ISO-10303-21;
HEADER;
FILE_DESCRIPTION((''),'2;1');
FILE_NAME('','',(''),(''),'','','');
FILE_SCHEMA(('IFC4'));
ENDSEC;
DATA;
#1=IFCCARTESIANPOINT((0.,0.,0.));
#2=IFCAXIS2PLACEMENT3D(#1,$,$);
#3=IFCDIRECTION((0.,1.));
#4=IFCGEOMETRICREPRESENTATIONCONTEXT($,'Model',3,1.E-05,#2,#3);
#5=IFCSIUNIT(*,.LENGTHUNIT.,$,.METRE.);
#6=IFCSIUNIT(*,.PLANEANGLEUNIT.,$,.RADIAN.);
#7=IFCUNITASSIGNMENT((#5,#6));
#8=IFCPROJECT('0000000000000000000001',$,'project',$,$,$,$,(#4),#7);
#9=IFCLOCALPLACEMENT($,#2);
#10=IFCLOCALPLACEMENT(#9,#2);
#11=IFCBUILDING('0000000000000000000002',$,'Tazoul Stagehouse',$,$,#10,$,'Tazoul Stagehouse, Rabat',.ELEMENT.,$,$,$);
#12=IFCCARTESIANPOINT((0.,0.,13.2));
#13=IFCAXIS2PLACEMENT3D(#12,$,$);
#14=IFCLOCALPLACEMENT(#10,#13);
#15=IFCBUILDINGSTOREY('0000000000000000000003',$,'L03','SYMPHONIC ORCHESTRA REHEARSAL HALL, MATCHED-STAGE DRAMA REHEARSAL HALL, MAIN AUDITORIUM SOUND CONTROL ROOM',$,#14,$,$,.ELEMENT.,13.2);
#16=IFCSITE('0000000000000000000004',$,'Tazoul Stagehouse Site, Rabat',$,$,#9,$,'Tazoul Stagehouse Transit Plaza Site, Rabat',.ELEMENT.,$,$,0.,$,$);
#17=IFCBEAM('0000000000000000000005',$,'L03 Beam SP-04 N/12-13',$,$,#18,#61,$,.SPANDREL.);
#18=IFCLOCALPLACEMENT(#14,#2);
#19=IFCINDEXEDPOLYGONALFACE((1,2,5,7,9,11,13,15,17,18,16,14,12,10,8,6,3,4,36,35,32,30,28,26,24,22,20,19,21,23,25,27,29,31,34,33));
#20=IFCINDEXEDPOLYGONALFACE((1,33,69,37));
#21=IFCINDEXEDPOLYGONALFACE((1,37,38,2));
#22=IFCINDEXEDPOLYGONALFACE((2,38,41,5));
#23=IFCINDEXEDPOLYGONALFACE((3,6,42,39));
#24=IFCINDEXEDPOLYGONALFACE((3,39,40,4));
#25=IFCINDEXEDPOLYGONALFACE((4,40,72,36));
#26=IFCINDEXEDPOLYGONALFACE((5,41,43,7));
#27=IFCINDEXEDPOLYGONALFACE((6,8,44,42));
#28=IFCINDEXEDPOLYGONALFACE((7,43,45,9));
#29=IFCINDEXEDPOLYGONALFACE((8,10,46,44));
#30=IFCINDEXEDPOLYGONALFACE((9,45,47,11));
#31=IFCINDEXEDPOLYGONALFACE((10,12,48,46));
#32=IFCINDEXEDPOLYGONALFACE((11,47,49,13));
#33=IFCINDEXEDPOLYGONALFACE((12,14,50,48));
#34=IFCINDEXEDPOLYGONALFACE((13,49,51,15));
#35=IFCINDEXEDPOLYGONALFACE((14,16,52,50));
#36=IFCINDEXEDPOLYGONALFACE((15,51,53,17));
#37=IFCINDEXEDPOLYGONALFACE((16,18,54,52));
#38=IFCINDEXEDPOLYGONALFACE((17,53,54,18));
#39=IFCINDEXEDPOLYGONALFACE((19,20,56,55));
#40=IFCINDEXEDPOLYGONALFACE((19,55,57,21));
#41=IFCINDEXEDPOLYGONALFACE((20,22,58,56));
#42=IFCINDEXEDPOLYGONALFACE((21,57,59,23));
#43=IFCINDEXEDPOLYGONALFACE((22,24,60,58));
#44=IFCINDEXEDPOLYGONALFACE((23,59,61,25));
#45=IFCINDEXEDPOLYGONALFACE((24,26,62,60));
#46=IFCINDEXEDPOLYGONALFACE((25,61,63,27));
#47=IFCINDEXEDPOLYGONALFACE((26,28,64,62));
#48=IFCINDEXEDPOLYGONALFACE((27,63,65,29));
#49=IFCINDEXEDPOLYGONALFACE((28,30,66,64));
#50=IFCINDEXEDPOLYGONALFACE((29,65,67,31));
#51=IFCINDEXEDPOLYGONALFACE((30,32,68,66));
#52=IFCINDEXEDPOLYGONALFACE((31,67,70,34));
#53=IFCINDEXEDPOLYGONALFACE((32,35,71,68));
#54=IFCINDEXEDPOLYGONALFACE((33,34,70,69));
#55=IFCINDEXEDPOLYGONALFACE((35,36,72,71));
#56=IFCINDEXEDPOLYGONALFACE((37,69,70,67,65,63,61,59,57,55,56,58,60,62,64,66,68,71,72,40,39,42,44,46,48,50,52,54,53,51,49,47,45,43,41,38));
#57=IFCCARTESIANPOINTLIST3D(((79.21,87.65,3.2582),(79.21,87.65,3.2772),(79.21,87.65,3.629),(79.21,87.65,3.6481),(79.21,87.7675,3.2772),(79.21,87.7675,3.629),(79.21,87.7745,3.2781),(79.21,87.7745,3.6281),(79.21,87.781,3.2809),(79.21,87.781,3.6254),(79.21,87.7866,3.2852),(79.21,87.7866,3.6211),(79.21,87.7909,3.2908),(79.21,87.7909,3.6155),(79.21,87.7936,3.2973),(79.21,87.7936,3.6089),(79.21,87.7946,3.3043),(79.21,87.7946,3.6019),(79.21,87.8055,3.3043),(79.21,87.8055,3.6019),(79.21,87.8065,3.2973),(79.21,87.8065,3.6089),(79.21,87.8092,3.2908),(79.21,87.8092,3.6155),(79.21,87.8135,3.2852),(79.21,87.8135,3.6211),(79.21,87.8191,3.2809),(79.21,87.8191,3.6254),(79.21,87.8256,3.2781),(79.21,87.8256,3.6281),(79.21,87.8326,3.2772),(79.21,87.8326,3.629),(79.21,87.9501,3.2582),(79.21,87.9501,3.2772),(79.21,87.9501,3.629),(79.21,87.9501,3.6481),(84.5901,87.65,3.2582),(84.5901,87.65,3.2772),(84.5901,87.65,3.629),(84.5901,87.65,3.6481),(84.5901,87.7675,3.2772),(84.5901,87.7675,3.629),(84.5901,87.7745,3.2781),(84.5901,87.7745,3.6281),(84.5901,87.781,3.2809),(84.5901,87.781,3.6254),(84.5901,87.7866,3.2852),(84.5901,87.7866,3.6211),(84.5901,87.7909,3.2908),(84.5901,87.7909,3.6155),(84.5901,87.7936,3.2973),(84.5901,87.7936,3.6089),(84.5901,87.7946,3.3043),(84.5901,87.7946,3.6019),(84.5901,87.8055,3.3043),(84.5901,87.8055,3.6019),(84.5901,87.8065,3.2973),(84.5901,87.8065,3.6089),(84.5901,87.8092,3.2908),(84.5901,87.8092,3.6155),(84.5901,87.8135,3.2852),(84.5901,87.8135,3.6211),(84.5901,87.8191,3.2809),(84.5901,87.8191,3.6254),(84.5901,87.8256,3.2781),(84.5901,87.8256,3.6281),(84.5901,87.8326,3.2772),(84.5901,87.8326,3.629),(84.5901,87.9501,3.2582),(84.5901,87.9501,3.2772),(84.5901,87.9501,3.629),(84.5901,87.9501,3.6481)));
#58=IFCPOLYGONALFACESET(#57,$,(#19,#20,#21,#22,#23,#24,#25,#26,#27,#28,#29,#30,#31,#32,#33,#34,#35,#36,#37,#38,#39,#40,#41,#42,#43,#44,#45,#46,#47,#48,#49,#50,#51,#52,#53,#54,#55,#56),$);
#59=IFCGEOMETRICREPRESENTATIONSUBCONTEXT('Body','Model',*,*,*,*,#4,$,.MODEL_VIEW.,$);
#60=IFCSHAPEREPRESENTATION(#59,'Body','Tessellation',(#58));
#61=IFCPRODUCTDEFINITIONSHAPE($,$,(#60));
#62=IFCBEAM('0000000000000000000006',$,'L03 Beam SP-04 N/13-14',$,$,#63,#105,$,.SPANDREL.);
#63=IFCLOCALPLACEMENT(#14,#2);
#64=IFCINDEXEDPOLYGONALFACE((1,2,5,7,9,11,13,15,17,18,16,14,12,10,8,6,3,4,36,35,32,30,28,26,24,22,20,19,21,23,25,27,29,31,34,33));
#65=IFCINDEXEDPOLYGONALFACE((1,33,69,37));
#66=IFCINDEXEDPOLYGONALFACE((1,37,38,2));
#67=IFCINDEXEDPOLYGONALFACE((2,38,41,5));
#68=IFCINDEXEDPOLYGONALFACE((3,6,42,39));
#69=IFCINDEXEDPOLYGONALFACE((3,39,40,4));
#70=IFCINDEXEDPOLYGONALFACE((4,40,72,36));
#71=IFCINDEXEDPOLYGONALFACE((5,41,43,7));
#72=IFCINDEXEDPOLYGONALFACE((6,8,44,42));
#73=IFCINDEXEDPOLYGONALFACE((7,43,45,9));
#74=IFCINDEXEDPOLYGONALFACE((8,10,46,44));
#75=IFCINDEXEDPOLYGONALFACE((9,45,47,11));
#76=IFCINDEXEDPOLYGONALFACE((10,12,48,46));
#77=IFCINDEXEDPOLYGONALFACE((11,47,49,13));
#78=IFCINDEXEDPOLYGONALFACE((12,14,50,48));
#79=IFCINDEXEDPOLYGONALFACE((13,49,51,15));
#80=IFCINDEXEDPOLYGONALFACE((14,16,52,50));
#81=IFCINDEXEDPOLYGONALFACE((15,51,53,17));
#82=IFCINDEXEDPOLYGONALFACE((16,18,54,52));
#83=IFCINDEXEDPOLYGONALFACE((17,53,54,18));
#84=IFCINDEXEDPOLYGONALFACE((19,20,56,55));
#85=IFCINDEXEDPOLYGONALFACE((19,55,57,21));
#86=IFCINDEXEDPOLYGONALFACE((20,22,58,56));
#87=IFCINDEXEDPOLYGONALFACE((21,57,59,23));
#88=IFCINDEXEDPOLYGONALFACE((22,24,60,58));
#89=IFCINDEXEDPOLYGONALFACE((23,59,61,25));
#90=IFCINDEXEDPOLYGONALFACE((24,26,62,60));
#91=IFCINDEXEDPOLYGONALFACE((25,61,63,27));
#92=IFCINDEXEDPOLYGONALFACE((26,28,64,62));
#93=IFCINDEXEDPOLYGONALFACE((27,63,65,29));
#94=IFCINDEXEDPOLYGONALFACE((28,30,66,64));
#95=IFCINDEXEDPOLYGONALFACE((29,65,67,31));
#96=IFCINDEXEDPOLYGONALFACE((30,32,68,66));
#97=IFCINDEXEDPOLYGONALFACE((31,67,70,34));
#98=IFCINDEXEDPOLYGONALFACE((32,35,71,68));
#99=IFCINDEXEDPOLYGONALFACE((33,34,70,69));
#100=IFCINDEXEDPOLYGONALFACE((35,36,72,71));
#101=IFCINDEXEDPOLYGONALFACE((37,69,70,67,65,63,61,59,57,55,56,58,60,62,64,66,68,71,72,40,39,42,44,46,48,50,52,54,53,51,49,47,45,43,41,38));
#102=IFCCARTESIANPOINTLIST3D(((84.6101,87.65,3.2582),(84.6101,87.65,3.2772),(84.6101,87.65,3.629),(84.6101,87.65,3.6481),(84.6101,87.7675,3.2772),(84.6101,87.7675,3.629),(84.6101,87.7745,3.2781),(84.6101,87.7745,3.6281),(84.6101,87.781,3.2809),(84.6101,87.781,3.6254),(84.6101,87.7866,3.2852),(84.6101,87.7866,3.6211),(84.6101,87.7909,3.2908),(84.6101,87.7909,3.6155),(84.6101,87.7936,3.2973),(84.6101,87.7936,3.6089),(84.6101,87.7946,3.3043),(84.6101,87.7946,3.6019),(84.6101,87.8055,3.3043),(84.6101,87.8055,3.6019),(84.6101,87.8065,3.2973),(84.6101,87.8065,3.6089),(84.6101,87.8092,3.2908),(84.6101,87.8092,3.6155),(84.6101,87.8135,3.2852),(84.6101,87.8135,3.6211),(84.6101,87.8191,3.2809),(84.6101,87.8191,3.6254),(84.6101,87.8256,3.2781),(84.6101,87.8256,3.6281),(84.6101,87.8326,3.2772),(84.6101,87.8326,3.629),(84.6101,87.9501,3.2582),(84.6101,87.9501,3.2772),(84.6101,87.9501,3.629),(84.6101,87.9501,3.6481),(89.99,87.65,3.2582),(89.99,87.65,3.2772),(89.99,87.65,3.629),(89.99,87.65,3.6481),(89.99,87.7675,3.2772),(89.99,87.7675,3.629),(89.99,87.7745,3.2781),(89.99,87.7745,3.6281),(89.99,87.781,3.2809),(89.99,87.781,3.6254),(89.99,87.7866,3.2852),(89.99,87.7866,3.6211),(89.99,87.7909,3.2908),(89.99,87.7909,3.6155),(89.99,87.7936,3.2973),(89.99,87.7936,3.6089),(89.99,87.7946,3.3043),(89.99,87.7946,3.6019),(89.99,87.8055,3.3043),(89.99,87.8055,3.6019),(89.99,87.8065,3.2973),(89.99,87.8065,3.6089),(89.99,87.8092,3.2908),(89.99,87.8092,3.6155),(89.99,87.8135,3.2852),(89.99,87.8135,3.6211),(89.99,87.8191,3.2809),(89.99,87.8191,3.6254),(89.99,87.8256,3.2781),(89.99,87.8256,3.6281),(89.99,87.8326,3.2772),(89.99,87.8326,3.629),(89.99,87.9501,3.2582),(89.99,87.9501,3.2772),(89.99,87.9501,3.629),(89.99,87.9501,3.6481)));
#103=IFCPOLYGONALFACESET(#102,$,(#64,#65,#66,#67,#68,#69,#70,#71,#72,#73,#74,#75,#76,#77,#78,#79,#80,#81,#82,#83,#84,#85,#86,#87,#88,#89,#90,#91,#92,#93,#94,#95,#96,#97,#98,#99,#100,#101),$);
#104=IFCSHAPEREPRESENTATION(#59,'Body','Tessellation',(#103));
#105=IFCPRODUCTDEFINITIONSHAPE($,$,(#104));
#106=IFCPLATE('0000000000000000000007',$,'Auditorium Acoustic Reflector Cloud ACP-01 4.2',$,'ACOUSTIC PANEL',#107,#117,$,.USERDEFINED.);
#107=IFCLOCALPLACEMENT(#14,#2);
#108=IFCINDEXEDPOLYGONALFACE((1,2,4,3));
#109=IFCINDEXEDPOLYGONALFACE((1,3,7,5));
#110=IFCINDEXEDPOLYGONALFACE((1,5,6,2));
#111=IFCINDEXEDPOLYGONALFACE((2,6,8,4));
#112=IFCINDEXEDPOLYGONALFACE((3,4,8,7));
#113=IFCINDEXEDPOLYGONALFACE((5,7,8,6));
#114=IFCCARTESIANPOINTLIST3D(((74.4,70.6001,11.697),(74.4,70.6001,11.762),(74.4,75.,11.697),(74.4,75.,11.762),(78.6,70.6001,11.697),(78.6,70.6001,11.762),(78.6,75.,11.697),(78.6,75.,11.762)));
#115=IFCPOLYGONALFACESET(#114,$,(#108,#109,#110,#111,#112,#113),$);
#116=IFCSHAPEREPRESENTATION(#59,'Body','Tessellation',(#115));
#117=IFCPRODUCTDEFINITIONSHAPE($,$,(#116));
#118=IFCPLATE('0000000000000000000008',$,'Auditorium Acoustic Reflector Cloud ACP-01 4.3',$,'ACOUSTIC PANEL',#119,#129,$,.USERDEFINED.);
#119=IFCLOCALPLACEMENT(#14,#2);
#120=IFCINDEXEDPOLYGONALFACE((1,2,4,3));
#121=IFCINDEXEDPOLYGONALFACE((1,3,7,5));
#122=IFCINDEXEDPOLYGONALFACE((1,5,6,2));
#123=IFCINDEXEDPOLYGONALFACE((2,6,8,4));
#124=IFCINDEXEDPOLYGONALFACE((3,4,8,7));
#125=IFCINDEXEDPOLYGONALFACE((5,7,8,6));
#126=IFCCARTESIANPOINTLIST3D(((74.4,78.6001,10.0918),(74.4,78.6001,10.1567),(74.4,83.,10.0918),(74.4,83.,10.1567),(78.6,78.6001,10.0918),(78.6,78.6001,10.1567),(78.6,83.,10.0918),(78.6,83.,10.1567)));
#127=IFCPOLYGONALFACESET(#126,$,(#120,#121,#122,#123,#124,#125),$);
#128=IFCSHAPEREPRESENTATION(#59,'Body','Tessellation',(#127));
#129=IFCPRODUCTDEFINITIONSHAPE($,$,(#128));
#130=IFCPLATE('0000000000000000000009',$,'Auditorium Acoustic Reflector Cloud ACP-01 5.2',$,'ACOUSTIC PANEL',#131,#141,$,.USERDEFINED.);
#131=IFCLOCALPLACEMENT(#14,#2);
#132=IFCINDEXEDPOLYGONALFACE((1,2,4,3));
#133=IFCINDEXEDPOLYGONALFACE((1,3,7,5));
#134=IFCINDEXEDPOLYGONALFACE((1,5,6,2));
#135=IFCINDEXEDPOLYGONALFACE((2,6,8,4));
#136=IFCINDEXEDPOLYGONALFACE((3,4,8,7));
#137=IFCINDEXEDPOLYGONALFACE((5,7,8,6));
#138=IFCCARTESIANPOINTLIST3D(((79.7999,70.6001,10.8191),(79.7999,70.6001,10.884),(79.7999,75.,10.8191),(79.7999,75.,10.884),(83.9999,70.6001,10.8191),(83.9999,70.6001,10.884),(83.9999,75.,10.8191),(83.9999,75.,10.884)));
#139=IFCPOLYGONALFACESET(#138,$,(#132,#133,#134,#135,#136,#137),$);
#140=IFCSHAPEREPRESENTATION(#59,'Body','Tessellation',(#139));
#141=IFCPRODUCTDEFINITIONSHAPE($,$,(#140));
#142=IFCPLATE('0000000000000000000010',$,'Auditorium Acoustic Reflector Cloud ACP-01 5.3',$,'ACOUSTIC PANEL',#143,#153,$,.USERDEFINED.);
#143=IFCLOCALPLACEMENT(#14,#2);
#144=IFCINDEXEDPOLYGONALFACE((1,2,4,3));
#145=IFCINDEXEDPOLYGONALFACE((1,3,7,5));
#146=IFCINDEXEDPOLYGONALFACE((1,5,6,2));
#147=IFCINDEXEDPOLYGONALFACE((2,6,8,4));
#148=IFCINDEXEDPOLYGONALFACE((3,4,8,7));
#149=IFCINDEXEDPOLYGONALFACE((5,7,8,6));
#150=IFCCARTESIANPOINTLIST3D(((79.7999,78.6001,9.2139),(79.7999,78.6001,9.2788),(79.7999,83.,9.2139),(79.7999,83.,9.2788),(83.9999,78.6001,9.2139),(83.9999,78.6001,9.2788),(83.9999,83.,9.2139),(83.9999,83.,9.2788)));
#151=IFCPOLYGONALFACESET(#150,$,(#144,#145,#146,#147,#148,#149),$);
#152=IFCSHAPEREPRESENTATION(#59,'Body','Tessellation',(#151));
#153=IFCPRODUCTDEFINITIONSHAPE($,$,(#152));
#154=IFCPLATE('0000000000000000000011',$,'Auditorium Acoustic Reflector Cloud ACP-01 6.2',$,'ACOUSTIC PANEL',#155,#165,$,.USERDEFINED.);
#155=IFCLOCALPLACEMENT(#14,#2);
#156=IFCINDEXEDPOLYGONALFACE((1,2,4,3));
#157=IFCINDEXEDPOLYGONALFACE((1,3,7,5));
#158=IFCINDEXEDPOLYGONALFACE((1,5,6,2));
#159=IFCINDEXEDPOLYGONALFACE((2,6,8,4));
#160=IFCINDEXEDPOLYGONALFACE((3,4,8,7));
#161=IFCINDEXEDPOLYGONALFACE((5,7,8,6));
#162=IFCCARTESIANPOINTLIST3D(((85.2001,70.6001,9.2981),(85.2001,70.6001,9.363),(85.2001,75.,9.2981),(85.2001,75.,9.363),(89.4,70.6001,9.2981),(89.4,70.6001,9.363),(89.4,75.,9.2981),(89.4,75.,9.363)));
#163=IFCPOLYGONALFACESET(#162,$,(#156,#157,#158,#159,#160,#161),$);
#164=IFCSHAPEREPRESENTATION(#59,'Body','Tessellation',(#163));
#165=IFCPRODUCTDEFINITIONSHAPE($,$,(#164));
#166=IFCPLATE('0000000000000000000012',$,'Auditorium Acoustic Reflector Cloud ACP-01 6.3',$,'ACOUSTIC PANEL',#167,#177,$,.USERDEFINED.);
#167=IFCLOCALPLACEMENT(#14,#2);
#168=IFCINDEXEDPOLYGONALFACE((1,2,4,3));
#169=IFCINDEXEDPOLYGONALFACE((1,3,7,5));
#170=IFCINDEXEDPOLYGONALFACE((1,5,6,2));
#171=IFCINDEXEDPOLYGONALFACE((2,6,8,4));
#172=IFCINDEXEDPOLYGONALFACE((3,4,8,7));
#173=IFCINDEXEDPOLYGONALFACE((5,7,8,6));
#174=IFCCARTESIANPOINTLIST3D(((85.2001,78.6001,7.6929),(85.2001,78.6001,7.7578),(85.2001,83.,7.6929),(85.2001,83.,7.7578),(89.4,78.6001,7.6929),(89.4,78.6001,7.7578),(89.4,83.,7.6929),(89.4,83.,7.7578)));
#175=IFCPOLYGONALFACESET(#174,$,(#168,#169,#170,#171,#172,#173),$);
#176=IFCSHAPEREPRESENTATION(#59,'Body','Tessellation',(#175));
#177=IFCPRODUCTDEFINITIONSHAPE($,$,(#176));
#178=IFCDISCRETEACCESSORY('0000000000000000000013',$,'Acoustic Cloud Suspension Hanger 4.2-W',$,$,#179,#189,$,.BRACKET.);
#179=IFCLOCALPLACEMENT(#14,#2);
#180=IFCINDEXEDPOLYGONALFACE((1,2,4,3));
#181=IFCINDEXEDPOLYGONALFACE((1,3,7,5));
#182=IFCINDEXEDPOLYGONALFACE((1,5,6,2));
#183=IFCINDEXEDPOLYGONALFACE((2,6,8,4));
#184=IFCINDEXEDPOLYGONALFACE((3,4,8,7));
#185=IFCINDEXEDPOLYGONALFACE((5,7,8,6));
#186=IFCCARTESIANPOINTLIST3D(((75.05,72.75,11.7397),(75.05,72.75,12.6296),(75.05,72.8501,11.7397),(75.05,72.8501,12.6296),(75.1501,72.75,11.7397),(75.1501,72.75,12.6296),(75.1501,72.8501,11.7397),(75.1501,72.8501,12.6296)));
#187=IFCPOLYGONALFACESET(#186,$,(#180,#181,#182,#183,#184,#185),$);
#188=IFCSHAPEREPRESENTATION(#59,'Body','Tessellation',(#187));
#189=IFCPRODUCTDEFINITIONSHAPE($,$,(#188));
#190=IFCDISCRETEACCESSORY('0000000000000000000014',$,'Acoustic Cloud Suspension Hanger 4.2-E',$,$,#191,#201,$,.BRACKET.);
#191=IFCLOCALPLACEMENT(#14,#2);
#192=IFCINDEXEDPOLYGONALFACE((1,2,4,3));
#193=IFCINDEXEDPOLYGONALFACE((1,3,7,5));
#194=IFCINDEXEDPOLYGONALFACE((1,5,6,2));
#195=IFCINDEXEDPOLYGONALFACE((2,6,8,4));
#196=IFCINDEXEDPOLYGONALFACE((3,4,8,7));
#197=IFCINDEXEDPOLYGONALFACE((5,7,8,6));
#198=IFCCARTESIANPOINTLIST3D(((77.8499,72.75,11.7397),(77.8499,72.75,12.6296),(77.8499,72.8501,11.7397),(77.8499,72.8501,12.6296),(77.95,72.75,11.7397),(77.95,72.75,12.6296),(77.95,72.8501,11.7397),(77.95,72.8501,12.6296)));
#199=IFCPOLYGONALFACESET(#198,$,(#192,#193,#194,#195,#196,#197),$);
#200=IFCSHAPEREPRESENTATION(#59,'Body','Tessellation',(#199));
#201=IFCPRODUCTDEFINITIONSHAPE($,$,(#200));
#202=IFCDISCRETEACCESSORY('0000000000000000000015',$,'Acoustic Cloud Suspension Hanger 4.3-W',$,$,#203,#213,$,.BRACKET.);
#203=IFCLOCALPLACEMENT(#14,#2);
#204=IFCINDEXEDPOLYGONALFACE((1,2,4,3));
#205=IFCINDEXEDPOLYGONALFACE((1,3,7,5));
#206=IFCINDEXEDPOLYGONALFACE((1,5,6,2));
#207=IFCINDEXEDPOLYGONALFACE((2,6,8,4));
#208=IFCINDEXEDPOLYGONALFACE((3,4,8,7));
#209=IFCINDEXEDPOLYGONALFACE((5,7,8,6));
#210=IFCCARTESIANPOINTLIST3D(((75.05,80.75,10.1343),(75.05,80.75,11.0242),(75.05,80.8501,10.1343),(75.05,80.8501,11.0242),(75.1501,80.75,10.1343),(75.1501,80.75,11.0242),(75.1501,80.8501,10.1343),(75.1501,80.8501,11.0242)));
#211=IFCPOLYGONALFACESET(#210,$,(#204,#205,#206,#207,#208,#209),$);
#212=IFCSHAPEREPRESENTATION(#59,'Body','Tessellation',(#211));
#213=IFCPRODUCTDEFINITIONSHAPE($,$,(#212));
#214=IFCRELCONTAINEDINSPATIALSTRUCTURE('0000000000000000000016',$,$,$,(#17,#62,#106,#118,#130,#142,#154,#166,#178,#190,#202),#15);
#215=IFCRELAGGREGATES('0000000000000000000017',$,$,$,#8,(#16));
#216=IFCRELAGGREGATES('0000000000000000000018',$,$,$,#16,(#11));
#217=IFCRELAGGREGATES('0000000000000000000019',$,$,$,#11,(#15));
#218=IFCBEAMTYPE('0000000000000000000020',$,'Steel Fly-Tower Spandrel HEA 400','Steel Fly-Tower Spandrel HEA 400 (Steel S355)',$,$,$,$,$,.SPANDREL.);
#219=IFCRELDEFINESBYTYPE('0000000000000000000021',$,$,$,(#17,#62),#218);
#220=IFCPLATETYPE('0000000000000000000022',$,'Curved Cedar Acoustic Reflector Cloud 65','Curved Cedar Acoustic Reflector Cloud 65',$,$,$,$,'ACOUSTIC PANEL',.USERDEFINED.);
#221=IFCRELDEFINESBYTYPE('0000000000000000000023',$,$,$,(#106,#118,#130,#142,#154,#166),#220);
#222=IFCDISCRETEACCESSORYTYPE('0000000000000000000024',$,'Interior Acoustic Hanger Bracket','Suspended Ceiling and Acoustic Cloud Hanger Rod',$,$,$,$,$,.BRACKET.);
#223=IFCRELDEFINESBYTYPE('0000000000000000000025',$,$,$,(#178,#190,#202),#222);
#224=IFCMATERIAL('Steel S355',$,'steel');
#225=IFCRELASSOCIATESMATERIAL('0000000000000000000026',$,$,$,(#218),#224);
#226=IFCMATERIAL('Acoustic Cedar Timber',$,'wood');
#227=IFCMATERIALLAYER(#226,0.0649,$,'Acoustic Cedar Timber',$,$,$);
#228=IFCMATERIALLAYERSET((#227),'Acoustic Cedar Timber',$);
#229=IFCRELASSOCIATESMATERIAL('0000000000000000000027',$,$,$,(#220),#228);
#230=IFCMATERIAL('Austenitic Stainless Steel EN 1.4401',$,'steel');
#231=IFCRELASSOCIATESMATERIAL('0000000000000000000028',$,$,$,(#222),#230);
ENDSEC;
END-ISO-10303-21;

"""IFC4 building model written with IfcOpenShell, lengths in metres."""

from ifc_helpers import new_model, si_unit, direction, frame, origin, origin_2d, place, context, subcontext, project, spatial, rectangle, i_section, extrude, material, layer, layer_set, material_profile, profile_set, type_object, element, save


model = new_model("IFC4")

# Units and contexts
model_context = context("Model", 3, precision=1e-05, world=origin(), true_north=direction((0.0, 1.0)))
body_context = subcontext(model_context, "Body", "Model", "MODEL_VIEW")
ifc_project = project(units=[si_unit("LENGTHUNIT", "METRE"), si_unit("PLANEANGLEUNIT", "RADIAN")], contexts=[model_context])

# Site, building, storey
site_placement = place(None, origin())
site = spatial("IfcSite", under=ifc_project, at=site_placement, Name="Tazoul Stagehouse Site, Rabat", LongName="Tazoul Stagehouse Transit Plaza Site, Rabat", CompositionType="ELEMENT", RefElevation=0.0)
building_placement = place(site_placement, origin())
building = spatial("IfcBuilding", under=site, at=building_placement, Name="Tazoul Stagehouse", LongName="Tazoul Stagehouse, Rabat", CompositionType="ELEMENT")
storey_placement = place(building_placement, frame((0.0, 0.0, 13.2)))
storey = spatial("IfcBuildingStorey", under=building, at=storey_placement, Name="L03", Description="SYMPHONIC ORCHESTRA REHEARSAL HALL, MATCHED-STAGE DRAMA REHEARSAL HALL, MAIN AUDITORIUM SOUND CONTROL ROOM", CompositionType="ELEMENT", Elevation=13.2)

# Shared definitions
ifc_material_1 = material(Name="Steel S355", Category="steel")

# Beams
ifc_material_profile_1 = material_profile(ifc_material_1, i_section(OverallWidth=0.3, OverallDepth=0.3899, WebThickness=0.011, FlangeThickness=0.019, FilletRadius=0.0271, at=origin_2d()), Name="HEA 400")
ifc_profile_set_1 = profile_set([ifc_material_profile_1], Name="Steel S355")
beam_type = type_object("IfcBeamType", Name="Steel Fly-Tower Spandrel HEA 400", Description="Steel Fly-Tower Spandrel HEA 400 (Steel S355)", PredefinedType="SPANDREL", material=ifc_profile_set_1)
beam_1_placement = place(storey_placement, frame((79.21, 87.8, 3.4531), z_axis=(1.0, 0.0, 0.0), x_axis=(0.0, 1.0, 0.0)))
element("IfcBeam", 1, at=beam_1_placement, inside=storey, type_object=beam_type, Name="L03 Beam SP-04 N/12-13", PredefinedType="SPANDREL", context=body_context, shape_type="SweptSolid", body=[
    extrude(i_section(OverallWidth=0.3, OverallDepth=0.3899, WebThickness=0.011, FlangeThickness=0.019, FilletRadius=0.0271, at=origin_2d()), origin(), (0.0, 0.0, 1.0), 5.3801),
])
beam_2_placement = place(storey_placement, frame((84.6101, 87.8, 3.4531), z_axis=(1.0, 0.0, 0.0), x_axis=(0.0, 1.0, 0.0)))
element("IfcBeam", 2, at=beam_2_placement, inside=storey, type_object=beam_type, Name="L03 Beam SP-04 N/13-14", PredefinedType="SPANDREL", context=body_context, shape_type="SweptSolid", body=[
    extrude(i_section(OverallWidth=0.3, OverallDepth=0.3899, WebThickness=0.011, FlangeThickness=0.019, FilletRadius=0.0271, at=origin_2d()), origin(), (0.0, 0.0, 1.0), 5.3799),
])

# Plates
ifc_material_2 = material(Name="Acoustic Cedar Timber", Category="wood")
ifc_layer = layer(ifc_material_2, 0.0649, Name="Acoustic Cedar Timber")
ifc_layer_set = layer_set([ifc_layer], Name="Acoustic Cedar Timber")
plate_type = type_object("IfcPlateType", Name="Curved Cedar Acoustic Reflector Cloud 65", Description="Curved Cedar Acoustic Reflector Cloud 65", ElementType="ACOUSTIC PANEL", PredefinedType="USERDEFINED", material=ifc_layer_set)
for number, where, z_axis, x_axis, name in (
    (3, (76.5, 72.8, 11.697), (0.0, 0.0, 1.0), (1.0, 0.0, 0.0), "Auditorium Acoustic Reflector Cloud ACP-01 4.2"),
    (4, (76.5, 80.8, 10.0918), (0.0, 0.0, 1.0), (1.0, 0.0, 0.0), "Auditorium Acoustic Reflector Cloud ACP-01 4.3"),
    (5, (81.8999, 72.8, 10.8191), (0.0, 0.0, 1.0), (1.0, 0.0, 0.0), "Auditorium Acoustic Reflector Cloud ACP-01 5.2"),
    (6, (81.8999, 80.8, 9.2139), (0.0, 0.0, 1.0), (1.0, 0.0, 0.0), "Auditorium Acoustic Reflector Cloud ACP-01 5.3"),
    (7, (87.3, 72.8, 9.2981), (0.0, 0.0, 1.0), (1.0, 0.0, 0.0), "Auditorium Acoustic Reflector Cloud ACP-01 6.2"),
    (8, (87.3, 80.8, 7.6929), (0.0, 0.0, 1.0), (1.0, 0.0, 0.0), "Auditorium Acoustic Reflector Cloud ACP-01 6.3"),
):
    element("IfcPlate", number, at=place(storey_placement, frame(where, z_axis=z_axis, x_axis=x_axis)), inside=storey, type_object=plate_type, Name=name, ObjectType="ACOUSTIC PANEL", PredefinedType="USERDEFINED", context=body_context, shape_type="SweptSolid", body=[
        extrude(rectangle(XDim=4.2, YDim=4.3999, at=origin_2d()), origin(), (0.0, 0.0, 1.0), 0.0649),
    ])

# Discrete accessories
ifc_material_3 = material(Name="Austenitic Stainless Steel EN 1.4401", Category="steel")
discrete_accessory_type = type_object("IfcDiscreteAccessoryType", Name="Interior Acoustic Hanger Bracket", Description="Suspended Ceiling and Acoustic Cloud Hanger Rod", PredefinedType="BRACKET", material=ifc_material_3)
for number, where, z_axis, x_axis, name in (
    (9, (75.1001, 72.8, 11.7397), (0.0, 0.0, 1.0), (1.0, 0.0, 0.0), "Acoustic Cloud Suspension Hanger 4.2-W"),
    (10, (77.8999, 72.8, 11.7397), (0.0, 0.0, 1.0), (1.0, 0.0, 0.0), "Acoustic Cloud Suspension Hanger 4.2-E"),
    (11, (75.1001, 80.8, 10.1343), (0.0, 0.0, 1.0), (1.0, 0.0, 0.0), "Acoustic Cloud Suspension Hanger 4.3-W"),
):
    element("IfcDiscreteAccessory", number, at=place(storey_placement, frame(where, z_axis=z_axis, x_axis=x_axis)), inside=storey, type_object=discrete_accessory_type, Name=name, PredefinedType="BRACKET", context=body_context, shape_type="SweptSolid", body=[
        extrude(rectangle(XDim=0.1001, YDim=0.1001, at=origin_2d()), origin(), (0.0, 0.0, 1.0), 0.8899),
    ])

save(model, "model.ifc")
